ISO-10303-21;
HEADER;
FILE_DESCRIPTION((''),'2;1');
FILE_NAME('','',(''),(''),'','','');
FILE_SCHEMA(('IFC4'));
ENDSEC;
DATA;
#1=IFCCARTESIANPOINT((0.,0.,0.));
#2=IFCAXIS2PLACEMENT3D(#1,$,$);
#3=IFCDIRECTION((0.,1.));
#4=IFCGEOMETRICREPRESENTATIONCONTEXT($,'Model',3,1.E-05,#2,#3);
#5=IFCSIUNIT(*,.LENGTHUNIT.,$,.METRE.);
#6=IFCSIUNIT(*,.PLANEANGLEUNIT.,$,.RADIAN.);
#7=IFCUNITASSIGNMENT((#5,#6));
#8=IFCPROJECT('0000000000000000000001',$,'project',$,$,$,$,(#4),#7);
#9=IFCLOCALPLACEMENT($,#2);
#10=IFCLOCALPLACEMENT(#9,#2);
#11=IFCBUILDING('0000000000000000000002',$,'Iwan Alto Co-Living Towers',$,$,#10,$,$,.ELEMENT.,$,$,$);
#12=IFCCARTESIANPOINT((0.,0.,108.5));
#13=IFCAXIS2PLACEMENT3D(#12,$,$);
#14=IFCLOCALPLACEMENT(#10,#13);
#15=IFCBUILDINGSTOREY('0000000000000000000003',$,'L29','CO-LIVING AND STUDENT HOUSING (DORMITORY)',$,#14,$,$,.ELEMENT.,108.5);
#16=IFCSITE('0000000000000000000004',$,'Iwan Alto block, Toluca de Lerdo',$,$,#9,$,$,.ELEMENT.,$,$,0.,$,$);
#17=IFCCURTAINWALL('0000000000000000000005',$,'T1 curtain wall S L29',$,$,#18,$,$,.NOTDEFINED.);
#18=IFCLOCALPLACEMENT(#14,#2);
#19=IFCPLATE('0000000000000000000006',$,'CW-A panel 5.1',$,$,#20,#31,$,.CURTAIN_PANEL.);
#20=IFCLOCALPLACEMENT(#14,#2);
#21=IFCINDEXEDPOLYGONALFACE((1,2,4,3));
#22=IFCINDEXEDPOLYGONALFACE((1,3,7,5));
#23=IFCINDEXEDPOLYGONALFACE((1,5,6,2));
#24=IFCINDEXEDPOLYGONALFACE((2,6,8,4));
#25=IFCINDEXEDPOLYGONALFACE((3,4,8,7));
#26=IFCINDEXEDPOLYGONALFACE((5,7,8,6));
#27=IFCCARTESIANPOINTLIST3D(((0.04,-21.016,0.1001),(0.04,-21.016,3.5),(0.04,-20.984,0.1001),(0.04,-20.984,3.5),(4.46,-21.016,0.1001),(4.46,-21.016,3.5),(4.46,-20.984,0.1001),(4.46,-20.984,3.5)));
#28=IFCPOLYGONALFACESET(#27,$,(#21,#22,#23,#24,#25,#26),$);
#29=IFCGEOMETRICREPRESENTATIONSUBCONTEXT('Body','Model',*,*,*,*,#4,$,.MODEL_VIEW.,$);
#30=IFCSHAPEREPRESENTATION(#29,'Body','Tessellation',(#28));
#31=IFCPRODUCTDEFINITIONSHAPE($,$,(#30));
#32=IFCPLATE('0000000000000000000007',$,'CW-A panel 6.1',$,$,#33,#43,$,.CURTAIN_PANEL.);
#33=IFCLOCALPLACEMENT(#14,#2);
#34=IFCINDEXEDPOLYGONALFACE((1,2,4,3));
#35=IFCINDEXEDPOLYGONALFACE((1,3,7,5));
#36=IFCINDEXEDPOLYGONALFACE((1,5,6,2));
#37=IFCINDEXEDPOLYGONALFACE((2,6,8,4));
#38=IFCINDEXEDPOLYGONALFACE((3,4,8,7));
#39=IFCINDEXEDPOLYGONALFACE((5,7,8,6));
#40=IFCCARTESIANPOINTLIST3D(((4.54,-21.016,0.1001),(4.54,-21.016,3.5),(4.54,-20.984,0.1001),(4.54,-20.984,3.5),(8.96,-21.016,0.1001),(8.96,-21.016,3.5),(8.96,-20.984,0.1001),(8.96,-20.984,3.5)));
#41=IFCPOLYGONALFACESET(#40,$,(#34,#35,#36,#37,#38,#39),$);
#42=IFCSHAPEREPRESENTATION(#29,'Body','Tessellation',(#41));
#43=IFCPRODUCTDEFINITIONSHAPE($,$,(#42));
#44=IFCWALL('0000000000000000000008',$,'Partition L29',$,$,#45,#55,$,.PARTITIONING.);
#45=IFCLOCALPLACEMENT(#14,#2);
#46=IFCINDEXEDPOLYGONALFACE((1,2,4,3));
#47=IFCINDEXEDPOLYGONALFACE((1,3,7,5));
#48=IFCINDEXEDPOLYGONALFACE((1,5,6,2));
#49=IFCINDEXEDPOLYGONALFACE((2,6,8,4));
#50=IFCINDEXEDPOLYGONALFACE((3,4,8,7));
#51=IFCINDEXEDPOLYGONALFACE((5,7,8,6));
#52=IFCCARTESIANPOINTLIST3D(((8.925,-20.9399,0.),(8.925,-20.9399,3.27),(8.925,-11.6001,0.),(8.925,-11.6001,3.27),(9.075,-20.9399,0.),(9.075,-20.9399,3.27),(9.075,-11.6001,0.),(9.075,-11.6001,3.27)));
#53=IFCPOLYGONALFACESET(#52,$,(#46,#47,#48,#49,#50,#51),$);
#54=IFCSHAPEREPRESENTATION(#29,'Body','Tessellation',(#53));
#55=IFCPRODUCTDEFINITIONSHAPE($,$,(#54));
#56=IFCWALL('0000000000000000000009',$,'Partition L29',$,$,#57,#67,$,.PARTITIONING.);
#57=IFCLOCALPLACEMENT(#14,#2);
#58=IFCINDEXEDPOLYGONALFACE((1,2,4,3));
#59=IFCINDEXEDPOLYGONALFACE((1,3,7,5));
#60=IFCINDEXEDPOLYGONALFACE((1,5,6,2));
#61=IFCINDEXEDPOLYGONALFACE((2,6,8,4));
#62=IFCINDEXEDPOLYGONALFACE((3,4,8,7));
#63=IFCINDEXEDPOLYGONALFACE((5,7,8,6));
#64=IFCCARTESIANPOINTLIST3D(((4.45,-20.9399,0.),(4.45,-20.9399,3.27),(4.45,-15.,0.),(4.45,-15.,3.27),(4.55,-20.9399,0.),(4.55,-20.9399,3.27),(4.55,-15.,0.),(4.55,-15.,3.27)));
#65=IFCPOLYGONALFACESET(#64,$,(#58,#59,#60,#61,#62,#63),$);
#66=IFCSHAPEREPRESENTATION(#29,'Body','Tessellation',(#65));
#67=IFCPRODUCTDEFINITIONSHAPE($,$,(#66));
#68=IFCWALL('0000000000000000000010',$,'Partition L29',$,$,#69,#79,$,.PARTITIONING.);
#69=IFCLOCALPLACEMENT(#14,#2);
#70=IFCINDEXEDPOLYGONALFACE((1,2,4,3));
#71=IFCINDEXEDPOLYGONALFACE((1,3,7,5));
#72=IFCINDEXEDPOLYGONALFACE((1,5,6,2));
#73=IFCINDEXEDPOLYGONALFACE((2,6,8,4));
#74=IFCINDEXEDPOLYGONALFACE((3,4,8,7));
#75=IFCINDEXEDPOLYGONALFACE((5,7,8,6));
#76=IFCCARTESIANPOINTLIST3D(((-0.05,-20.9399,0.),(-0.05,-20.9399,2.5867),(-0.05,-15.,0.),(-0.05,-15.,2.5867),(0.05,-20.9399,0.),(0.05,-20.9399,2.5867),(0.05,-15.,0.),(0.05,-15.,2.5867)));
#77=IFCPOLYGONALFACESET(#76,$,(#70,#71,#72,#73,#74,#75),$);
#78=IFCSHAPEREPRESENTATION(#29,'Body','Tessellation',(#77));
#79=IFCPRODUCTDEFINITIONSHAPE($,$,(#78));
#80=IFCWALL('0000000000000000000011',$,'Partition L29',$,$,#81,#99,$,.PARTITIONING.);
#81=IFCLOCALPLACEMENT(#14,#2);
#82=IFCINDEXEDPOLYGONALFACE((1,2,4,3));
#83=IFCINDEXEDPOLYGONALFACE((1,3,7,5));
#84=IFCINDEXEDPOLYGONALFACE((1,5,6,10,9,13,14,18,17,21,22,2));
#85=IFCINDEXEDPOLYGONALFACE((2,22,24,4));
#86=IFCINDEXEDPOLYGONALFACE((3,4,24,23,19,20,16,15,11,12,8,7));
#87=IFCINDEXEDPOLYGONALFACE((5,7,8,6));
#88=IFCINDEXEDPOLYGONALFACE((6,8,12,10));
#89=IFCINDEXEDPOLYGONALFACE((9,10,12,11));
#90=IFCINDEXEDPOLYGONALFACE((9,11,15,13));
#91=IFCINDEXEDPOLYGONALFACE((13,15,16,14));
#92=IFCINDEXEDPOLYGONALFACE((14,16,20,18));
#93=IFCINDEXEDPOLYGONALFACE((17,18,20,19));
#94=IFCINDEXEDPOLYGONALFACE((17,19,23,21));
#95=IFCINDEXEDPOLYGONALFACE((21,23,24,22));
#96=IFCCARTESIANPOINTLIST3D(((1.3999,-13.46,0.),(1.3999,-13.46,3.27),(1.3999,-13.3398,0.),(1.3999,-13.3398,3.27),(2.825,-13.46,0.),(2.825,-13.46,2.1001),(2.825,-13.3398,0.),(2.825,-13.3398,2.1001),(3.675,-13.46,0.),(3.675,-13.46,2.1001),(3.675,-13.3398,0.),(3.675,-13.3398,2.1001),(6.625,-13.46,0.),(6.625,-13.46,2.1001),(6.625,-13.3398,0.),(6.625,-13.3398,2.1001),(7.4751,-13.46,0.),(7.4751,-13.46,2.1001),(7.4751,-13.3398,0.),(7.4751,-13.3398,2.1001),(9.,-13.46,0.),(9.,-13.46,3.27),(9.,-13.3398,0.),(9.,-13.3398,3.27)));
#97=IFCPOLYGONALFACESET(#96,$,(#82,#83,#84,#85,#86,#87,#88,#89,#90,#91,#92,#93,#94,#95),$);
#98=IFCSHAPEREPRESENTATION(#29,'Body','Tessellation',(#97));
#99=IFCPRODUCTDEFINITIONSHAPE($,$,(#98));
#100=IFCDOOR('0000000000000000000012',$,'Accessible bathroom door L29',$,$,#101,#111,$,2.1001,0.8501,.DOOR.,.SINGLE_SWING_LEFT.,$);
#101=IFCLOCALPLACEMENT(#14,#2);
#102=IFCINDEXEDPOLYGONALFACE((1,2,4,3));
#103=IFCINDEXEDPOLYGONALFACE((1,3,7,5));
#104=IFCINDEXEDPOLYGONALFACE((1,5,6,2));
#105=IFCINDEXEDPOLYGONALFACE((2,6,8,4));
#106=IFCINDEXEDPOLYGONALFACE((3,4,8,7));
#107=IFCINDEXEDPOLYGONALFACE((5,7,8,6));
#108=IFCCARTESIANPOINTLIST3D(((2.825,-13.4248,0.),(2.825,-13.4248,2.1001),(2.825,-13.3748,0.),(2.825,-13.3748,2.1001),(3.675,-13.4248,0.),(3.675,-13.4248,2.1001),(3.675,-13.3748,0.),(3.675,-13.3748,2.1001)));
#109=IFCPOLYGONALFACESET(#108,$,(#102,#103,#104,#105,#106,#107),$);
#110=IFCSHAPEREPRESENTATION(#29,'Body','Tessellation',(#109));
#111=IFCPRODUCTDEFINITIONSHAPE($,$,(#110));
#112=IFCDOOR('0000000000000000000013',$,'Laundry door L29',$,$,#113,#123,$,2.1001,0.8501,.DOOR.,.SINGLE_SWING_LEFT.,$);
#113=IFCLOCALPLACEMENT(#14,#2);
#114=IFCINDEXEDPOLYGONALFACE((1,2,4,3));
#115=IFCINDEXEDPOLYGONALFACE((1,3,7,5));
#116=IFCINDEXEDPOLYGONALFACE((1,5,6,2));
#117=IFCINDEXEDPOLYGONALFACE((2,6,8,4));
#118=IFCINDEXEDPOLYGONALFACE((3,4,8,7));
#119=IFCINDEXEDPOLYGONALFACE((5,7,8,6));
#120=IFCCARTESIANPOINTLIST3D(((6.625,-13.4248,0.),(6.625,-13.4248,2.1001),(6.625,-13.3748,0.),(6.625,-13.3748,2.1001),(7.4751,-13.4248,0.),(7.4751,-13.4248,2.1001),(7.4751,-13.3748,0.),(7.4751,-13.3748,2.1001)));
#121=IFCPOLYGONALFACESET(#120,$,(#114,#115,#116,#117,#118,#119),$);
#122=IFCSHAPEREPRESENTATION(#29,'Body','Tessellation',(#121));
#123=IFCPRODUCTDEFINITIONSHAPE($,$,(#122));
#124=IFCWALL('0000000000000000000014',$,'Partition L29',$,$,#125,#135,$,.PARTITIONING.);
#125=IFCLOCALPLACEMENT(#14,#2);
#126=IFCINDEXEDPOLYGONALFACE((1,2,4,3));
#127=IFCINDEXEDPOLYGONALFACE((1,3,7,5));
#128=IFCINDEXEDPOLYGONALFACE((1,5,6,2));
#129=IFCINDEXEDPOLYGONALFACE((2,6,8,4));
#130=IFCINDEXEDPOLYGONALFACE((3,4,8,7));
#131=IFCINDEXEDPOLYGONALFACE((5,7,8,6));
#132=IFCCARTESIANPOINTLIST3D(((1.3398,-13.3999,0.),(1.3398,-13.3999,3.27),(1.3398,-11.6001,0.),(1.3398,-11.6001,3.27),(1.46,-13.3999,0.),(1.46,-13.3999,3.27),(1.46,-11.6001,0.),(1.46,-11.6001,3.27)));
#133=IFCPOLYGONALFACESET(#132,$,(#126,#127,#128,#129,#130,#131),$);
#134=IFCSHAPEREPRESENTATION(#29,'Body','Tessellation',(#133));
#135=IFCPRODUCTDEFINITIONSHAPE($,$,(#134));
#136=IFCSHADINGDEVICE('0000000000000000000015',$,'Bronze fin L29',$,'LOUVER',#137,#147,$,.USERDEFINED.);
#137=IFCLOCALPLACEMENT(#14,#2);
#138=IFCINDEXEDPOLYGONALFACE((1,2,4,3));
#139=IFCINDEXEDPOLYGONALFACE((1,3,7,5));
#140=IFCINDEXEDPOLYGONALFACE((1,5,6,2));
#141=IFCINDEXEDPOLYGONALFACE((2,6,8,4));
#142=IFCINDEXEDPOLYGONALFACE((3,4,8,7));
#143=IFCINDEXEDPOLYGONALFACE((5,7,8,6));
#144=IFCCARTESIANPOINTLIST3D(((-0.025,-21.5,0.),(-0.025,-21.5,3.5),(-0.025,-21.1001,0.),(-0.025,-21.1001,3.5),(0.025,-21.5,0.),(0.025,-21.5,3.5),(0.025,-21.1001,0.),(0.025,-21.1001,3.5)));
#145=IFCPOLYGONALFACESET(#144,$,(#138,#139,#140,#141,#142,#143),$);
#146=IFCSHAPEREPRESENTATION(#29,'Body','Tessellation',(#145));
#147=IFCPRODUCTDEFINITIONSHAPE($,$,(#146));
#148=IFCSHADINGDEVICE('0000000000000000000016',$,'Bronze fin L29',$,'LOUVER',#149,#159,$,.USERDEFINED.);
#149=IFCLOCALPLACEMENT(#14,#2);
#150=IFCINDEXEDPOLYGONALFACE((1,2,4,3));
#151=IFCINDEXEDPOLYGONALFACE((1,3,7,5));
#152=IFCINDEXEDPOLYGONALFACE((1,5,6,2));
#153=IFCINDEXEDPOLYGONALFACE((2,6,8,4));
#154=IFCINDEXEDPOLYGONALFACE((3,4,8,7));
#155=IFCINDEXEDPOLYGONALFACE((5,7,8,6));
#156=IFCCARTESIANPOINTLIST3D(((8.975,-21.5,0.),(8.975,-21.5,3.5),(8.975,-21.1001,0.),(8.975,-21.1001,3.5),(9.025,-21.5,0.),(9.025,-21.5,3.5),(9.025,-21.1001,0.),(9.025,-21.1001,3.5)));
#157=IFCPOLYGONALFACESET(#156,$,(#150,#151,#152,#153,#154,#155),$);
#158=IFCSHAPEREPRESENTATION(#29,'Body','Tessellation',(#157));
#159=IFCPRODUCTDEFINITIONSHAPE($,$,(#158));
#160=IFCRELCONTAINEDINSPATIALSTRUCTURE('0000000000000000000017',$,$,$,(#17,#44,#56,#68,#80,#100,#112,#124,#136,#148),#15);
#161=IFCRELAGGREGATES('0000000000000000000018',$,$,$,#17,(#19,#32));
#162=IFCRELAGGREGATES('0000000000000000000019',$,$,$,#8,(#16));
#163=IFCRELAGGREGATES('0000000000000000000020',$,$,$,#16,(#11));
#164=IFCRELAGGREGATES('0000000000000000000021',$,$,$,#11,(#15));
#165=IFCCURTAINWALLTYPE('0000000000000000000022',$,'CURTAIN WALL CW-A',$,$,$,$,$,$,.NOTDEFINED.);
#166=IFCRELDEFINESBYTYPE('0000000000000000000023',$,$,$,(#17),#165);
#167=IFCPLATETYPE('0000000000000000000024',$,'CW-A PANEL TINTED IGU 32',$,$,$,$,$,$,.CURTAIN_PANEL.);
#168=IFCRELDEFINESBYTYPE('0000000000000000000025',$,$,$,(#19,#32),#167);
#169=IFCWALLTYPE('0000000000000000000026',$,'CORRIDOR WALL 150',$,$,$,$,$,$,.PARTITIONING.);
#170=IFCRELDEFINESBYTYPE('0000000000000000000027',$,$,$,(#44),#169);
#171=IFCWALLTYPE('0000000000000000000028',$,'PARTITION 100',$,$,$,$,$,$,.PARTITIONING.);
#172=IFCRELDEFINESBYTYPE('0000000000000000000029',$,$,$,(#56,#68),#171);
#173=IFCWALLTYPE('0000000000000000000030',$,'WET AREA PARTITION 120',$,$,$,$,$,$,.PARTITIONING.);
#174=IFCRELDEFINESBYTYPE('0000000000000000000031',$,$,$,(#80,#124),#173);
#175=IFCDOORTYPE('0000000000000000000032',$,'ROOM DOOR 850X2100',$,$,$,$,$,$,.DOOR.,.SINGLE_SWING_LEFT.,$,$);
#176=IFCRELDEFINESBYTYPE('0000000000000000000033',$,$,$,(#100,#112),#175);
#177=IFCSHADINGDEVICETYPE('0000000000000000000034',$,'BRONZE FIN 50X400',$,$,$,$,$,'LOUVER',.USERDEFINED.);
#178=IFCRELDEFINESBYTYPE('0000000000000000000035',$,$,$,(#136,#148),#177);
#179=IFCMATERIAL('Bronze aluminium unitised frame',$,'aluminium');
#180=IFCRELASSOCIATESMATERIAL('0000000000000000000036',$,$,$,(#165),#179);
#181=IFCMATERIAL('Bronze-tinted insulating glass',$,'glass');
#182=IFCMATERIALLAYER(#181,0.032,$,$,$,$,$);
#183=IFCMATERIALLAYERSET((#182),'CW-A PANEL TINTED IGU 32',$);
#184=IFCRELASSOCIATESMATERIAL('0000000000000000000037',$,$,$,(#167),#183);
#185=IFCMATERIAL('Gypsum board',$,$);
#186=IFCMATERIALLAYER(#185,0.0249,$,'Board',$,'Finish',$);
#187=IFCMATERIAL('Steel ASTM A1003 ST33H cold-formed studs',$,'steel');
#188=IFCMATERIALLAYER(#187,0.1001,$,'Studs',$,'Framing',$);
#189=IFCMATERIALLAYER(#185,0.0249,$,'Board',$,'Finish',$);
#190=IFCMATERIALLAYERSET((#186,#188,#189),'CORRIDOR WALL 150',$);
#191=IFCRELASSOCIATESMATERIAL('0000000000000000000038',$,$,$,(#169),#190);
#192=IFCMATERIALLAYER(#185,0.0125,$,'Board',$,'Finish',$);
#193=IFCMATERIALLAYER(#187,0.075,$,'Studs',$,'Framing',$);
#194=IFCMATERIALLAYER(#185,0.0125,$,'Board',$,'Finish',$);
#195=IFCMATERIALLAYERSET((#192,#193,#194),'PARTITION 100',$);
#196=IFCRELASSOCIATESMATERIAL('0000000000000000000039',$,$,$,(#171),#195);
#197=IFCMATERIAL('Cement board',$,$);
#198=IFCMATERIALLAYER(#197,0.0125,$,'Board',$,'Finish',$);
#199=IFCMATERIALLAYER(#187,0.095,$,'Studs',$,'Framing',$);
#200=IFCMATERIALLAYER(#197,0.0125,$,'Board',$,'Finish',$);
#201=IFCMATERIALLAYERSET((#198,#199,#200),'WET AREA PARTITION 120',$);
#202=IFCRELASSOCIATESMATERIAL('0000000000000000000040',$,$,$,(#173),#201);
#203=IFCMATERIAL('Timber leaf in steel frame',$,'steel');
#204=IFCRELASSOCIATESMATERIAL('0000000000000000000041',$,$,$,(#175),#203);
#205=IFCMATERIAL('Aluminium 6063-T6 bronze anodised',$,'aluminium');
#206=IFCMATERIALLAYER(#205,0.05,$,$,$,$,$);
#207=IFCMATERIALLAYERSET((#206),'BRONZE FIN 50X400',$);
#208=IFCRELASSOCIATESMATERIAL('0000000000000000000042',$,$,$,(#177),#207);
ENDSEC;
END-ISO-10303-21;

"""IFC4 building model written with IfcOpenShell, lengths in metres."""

from ifc_helpers import new_model, si_unit, direction, frame, frame_2d, origin, origin_2d, place, context, subcontext, project, spatial, rectangle, extrude, material, layer, layer_set, type_object, element, fill, aggregate, save


model = new_model("IFC4")

# Units and contexts
model_context = context("Model", 3, precision=1e-05, world=origin(), true_north=direction((0.0, 1.0)))
body_context = subcontext(model_context, "Body", "Model", "MODEL_VIEW")
ifc_project = project(units=[si_unit("LENGTHUNIT", "METRE"), si_unit("PLANEANGLEUNIT", "RADIAN")], contexts=[model_context])

# Site, building, storey
site_placement = place(None, origin())
site = spatial("IfcSite", under=ifc_project, at=site_placement, Name="Iwan Alto block, Toluca de Lerdo", CompositionType="ELEMENT", RefElevation=0.0)
building_placement = place(site_placement, origin())
building = spatial("IfcBuilding", under=site, at=building_placement, Name="Iwan Alto Co-Living Towers", CompositionType="ELEMENT")
storey_placement = place(building_placement, frame((0.0, 0.0, 108.5)))
storey = spatial("IfcBuildingStorey", under=building, at=storey_placement, Name="L29", Description="CO-LIVING AND STUDENT HOUSING (DORMITORY)", CompositionType="ELEMENT", Elevation=108.5)

# Curtain wall
ifc_material_1 = material(Name="Bronze aluminium unitised frame", Category="aluminium")
curtain_wall_type = type_object("IfcCurtainWallType", Name="CURTAIN WALL CW-A", PredefinedType="NOTDEFINED", material=ifc_material_1)
curtain_wall_placement = place(storey_placement, origin())
curtain_wall = element("IfcCurtainWall", 1, at=curtain_wall_placement, inside=storey, type_object=curtain_wall_type, Name="T1 curtain wall S L29", PredefinedType="NOTDEFINED")

# Plates
ifc_material_2 = material(Name="Bronze-tinted insulating glass", Category="glass")
ifc_layer_1 = layer(ifc_material_2, 0.032)
ifc_layer_set_1 = layer_set([ifc_layer_1], Name="CW-A PANEL TINTED IGU 32")
plate_type = type_object("IfcPlateType", Name="CW-A PANEL TINTED IGU 32", PredefinedType="CURTAIN_PANEL", material=ifc_layer_set_1)
plate_1_placement = place(storey_placement, frame((2.25, -21.0, 0.1001), z_axis=(0.0, 0.0, 1.0), x_axis=(1.0, 0.0, 0.0)))
plate_1 = element("IfcPlate", 2, at=plate_1_placement, type_object=plate_type, Name="CW-A panel 5.1", PredefinedType="CURTAIN_PANEL", context=body_context, shape_type="SweptSolid", body=[
    extrude(rectangle(XDim=4.4199, YDim=0.032, at=origin_2d()), origin(), (0.0, 0.0, 1.0), 3.3999),
])
plate_2_placement = place(storey_placement, frame((6.75, -21.0, 0.1001), z_axis=(0.0, 0.0, 1.0), x_axis=(1.0, 0.0, 0.0)))
plate_2 = element("IfcPlate", 3, at=plate_2_placement, type_object=plate_type, Name="CW-A panel 6.1", PredefinedType="CURTAIN_PANEL", context=body_context, shape_type="SweptSolid", body=[
    extrude(rectangle(XDim=4.4199, YDim=0.032, at=origin_2d()), origin(), (0.0, 0.0, 1.0), 3.3999),
])
aggregate(curtain_wall, [plate_1, plate_2])

# Walls
ifc_material_3 = material(Name="Gypsum board")
ifc_layer_2 = layer(ifc_material_3, 0.0249, Name="Board", Category="Finish")
ifc_material_4 = material(Name="Steel ASTM A1003 ST33H cold-formed studs", Category="steel")
ifc_layer_3 = layer(ifc_material_4, 0.1001, Name="Studs", Category="Framing")
ifc_layer_4 = layer(ifc_material_3, 0.0249, Name="Board", Category="Finish")
ifc_layer_set_2 = layer_set([ifc_layer_2, ifc_layer_3, ifc_layer_4], Name="CORRIDOR WALL 150")
wall_type_1 = type_object("IfcWallType", Name="CORRIDOR WALL 150", PredefinedType="PARTITIONING", material=ifc_layer_set_2)
wall_1_placement = place(storey_placement, frame((9.0, -20.9399, 0.0), z_axis=(0.0, 0.0, 1.0), x_axis=(0.0, 1.0, 0.0)))
element("IfcWall", 4, at=wall_1_placement, inside=storey, type_object=wall_type_1, Name="Partition L29", PredefinedType="PARTITIONING", context=body_context, shape_type="SweptSolid", body=[
    extrude(rectangle(XDim=9.3398, YDim=0.1499, at=frame_2d((4.6699, 0.0))), origin(), (0.0, 0.0, 1.0), 3.27),
])
ifc_layer_5 = layer(ifc_material_3, 0.0125, Name="Board", Category="Finish")
ifc_layer_6 = layer(ifc_material_4, 0.075, Name="Studs", Category="Framing")
ifc_layer_7 = layer(ifc_material_3, 0.0125, Name="Board", Category="Finish")
ifc_layer_set_3 = layer_set([ifc_layer_5, ifc_layer_6, ifc_layer_7], Name="PARTITION 100")
wall_type_2 = type_object("IfcWallType", Name="PARTITION 100", PredefinedType="PARTITIONING", material=ifc_layer_set_3)
wall_2_placement = place(storey_placement, frame((4.5, -20.9399, 0.0), z_axis=(0.0, 0.0, 1.0), x_axis=(0.0, 1.0, 0.0)))
element("IfcWall", 5, at=wall_2_placement, inside=storey, type_object=wall_type_2, Name="Partition L29", PredefinedType="PARTITIONING", context=body_context, shape_type="SweptSolid", body=[
    extrude(rectangle(XDim=5.9399, YDim=0.1001, at=frame_2d((2.97, 0.0))), origin(), (0.0, 0.0, 1.0), 3.27),
])
wall_3_placement = place(storey_placement, frame((0.0, -20.9399, 0.0), z_axis=(0.0, 0.0, 1.0), x_axis=(0.0, 1.0, 0.0)))
element("IfcWall", 6, at=wall_3_placement, inside=storey, type_object=wall_type_2, Name="Partition L29", PredefinedType="PARTITIONING", context=body_context, shape_type="SweptSolid", body=[
    extrude(rectangle(XDim=5.9399, YDim=0.1001, at=frame_2d((2.97, 0.0))), origin(), (0.0, 0.0, 1.0), 2.5867),
])

# Wall, openings, doors
ifc_material_5 = material(Name="Cement board")
ifc_layer_8 = layer(ifc_material_5, 0.0125, Name="Board", Category="Finish")
ifc_layer_9 = layer(ifc_material_4, 0.095, Name="Studs", Category="Framing")
ifc_layer_10 = layer(ifc_material_5, 0.0125, Name="Board", Category="Finish")
ifc_layer_set_4 = layer_set([ifc_layer_8, ifc_layer_9, ifc_layer_10], Name="WET AREA PARTITION 120")
wall_type_3 = type_object("IfcWallType", Name="WET AREA PARTITION 120", PredefinedType="PARTITIONING", material=ifc_layer_set_4)
wall_4_placement = place(storey_placement, frame((1.3999, -13.3999, 0.0), z_axis=(0.0, 0.0, 1.0), x_axis=(1.0, 0.0, 0.0)))
wall_4 = element("IfcWall", 7, at=wall_4_placement, inside=storey, type_object=wall_type_3, Name="Partition L29", PredefinedType="PARTITIONING", context=body_context, shape_type="SweptSolid", body=[
    extrude(rectangle(XDim=7.6001, YDim=0.1201, at=frame_2d((3.8, 0.0))), origin(), (0.0, 0.0, 1.0), 3.27),
])
opening_1_placement = place(wall_4_placement, frame((1.425, 0.0, 0.0)))
opening_1 = element("IfcOpeningElement", 8, at=opening_1_placement, cuts=wall_4, PredefinedType="OPENING", context=body_context, shape_type="SweptSolid", body=[
    extrude(rectangle(XDim=0.8501, YDim=2.1001, at=frame_2d((0.425, 1.05))), frame((0.0, 0.0701, 0.0), z_axis=(0.0, -1.0, 0.0), x_axis=(1.0, 0.0, 0.0)), (0.0, 0.0, 1.0), 0.1401),
])
opening_2_placement = place(wall_4_placement, frame((5.2251, 0.0, 0.0)))
opening_2 = element("IfcOpeningElement", 9, at=opening_2_placement, cuts=wall_4, PredefinedType="OPENING", context=body_context, shape_type="SweptSolid", body=[
    extrude(rectangle(XDim=0.8501, YDim=2.1001, at=frame_2d((0.425, 1.05))), frame((0.0, 0.0701, 0.0), z_axis=(0.0, -1.0, 0.0), x_axis=(1.0, 0.0, 0.0)), (0.0, 0.0, 1.0), 0.1401),
])
ifc_material_6 = material(Name="Timber leaf in steel frame", Category="steel")
door_type = type_object("IfcDoorType", Name="ROOM DOOR 850X2100", OperationType="SINGLE_SWING_LEFT", PredefinedType="DOOR", material=ifc_material_6)
door_1_placement = place(opening_1_placement, frame((0.8501, 0.0, 0.0), z_axis=(0.0, 0.0, 1.0), x_axis=(-1.0, 0.0, 0.0)))
door_1 = element("IfcDoor", 10, at=door_1_placement, inside=storey, type_object=door_type, Name="Accessible bathroom door L29", OperationType="SINGLE_SWING_LEFT", OverallHeight=2.1001, OverallWidth=0.8501, PredefinedType="DOOR", context=body_context, shape_type="SweptSolid", body=[
    extrude(rectangle(XDim=0.8501, YDim=2.1001, at=frame_2d((0.425, 1.05))), frame((0.0, 0.0249, 0.0), z_axis=(0.0, -1.0, 0.0), x_axis=(1.0, 0.0, 0.0)), (0.0, 0.0, 1.0), 0.05),
])
fill(opening_1, door_1)
door_2_placement = place(opening_2_placement, frame((0.8501, 0.0, 0.0), z_axis=(0.0, 0.0, 1.0), x_axis=(-1.0, 0.0, 0.0)))
door_2 = element("IfcDoor", 11, at=door_2_placement, inside=storey, type_object=door_type, Name="Laundry door L29", OperationType="SINGLE_SWING_LEFT", OverallHeight=2.1001, OverallWidth=0.8501, PredefinedType="DOOR", context=body_context, shape_type="SweptSolid", body=[
    extrude(rectangle(XDim=0.8501, YDim=2.1001, at=frame_2d((0.425, 1.05))), frame((0.0, 0.0249, 0.0), z_axis=(0.0, -1.0, 0.0), x_axis=(1.0, 0.0, 0.0)), (0.0, 0.0, 1.0), 0.05),
])
fill(opening_2, door_2)

# Wall
wall_5_placement = place(storey_placement, frame((1.3999, -13.3999, 0.0), z_axis=(0.0, 0.0, 1.0), x_axis=(0.0, 1.0, 0.0)))
element("IfcWall", 12, at=wall_5_placement, inside=storey, type_object=wall_type_3, Name="Partition L29", PredefinedType="PARTITIONING", context=body_context, shape_type="SweptSolid", body=[
    extrude(rectangle(XDim=1.7998, YDim=0.1201, at=frame_2d((0.8999, 0.0))), origin(), (0.0, 0.0, 1.0), 3.27),
])

# Shading devices
ifc_material_7 = material(Name="Aluminium 6063-T6 bronze anodised", Category="aluminium")
ifc_layer_11 = layer(ifc_material_7, 0.05)
ifc_layer_set_5 = layer_set([ifc_layer_11], Name="BRONZE FIN 50X400")
shading_device_type = type_object("IfcShadingDeviceType", Name="BRONZE FIN 50X400", ElementType="LOUVER", PredefinedType="USERDEFINED", material=ifc_layer_set_5)
for number, where, z_axis, x_axis, name in (
    (13, (0.0, -21.3, 0.0), (0.0, 0.0, 1.0), (1.0, 0.0, 0.0), "Bronze fin L29"),
    (14, (9.0, -21.3, 0.0), (0.0, 0.0, 1.0), (1.0, 0.0, 0.0), "Bronze fin L29"),
):
    element("IfcShadingDevice", number, at=place(storey_placement, frame(where, z_axis=z_axis, x_axis=x_axis)), inside=storey, type_object=shading_device_type, Name=name, ObjectType="LOUVER", PredefinedType="USERDEFINED", context=body_context, shape_type="SweptSolid", body=[
        extrude(rectangle(XDim=0.05, YDim=0.3999, at=origin_2d()), origin(), (0.0, 0.0, 1.0), 3.5),
    ])

save(model, "model.ifc")
